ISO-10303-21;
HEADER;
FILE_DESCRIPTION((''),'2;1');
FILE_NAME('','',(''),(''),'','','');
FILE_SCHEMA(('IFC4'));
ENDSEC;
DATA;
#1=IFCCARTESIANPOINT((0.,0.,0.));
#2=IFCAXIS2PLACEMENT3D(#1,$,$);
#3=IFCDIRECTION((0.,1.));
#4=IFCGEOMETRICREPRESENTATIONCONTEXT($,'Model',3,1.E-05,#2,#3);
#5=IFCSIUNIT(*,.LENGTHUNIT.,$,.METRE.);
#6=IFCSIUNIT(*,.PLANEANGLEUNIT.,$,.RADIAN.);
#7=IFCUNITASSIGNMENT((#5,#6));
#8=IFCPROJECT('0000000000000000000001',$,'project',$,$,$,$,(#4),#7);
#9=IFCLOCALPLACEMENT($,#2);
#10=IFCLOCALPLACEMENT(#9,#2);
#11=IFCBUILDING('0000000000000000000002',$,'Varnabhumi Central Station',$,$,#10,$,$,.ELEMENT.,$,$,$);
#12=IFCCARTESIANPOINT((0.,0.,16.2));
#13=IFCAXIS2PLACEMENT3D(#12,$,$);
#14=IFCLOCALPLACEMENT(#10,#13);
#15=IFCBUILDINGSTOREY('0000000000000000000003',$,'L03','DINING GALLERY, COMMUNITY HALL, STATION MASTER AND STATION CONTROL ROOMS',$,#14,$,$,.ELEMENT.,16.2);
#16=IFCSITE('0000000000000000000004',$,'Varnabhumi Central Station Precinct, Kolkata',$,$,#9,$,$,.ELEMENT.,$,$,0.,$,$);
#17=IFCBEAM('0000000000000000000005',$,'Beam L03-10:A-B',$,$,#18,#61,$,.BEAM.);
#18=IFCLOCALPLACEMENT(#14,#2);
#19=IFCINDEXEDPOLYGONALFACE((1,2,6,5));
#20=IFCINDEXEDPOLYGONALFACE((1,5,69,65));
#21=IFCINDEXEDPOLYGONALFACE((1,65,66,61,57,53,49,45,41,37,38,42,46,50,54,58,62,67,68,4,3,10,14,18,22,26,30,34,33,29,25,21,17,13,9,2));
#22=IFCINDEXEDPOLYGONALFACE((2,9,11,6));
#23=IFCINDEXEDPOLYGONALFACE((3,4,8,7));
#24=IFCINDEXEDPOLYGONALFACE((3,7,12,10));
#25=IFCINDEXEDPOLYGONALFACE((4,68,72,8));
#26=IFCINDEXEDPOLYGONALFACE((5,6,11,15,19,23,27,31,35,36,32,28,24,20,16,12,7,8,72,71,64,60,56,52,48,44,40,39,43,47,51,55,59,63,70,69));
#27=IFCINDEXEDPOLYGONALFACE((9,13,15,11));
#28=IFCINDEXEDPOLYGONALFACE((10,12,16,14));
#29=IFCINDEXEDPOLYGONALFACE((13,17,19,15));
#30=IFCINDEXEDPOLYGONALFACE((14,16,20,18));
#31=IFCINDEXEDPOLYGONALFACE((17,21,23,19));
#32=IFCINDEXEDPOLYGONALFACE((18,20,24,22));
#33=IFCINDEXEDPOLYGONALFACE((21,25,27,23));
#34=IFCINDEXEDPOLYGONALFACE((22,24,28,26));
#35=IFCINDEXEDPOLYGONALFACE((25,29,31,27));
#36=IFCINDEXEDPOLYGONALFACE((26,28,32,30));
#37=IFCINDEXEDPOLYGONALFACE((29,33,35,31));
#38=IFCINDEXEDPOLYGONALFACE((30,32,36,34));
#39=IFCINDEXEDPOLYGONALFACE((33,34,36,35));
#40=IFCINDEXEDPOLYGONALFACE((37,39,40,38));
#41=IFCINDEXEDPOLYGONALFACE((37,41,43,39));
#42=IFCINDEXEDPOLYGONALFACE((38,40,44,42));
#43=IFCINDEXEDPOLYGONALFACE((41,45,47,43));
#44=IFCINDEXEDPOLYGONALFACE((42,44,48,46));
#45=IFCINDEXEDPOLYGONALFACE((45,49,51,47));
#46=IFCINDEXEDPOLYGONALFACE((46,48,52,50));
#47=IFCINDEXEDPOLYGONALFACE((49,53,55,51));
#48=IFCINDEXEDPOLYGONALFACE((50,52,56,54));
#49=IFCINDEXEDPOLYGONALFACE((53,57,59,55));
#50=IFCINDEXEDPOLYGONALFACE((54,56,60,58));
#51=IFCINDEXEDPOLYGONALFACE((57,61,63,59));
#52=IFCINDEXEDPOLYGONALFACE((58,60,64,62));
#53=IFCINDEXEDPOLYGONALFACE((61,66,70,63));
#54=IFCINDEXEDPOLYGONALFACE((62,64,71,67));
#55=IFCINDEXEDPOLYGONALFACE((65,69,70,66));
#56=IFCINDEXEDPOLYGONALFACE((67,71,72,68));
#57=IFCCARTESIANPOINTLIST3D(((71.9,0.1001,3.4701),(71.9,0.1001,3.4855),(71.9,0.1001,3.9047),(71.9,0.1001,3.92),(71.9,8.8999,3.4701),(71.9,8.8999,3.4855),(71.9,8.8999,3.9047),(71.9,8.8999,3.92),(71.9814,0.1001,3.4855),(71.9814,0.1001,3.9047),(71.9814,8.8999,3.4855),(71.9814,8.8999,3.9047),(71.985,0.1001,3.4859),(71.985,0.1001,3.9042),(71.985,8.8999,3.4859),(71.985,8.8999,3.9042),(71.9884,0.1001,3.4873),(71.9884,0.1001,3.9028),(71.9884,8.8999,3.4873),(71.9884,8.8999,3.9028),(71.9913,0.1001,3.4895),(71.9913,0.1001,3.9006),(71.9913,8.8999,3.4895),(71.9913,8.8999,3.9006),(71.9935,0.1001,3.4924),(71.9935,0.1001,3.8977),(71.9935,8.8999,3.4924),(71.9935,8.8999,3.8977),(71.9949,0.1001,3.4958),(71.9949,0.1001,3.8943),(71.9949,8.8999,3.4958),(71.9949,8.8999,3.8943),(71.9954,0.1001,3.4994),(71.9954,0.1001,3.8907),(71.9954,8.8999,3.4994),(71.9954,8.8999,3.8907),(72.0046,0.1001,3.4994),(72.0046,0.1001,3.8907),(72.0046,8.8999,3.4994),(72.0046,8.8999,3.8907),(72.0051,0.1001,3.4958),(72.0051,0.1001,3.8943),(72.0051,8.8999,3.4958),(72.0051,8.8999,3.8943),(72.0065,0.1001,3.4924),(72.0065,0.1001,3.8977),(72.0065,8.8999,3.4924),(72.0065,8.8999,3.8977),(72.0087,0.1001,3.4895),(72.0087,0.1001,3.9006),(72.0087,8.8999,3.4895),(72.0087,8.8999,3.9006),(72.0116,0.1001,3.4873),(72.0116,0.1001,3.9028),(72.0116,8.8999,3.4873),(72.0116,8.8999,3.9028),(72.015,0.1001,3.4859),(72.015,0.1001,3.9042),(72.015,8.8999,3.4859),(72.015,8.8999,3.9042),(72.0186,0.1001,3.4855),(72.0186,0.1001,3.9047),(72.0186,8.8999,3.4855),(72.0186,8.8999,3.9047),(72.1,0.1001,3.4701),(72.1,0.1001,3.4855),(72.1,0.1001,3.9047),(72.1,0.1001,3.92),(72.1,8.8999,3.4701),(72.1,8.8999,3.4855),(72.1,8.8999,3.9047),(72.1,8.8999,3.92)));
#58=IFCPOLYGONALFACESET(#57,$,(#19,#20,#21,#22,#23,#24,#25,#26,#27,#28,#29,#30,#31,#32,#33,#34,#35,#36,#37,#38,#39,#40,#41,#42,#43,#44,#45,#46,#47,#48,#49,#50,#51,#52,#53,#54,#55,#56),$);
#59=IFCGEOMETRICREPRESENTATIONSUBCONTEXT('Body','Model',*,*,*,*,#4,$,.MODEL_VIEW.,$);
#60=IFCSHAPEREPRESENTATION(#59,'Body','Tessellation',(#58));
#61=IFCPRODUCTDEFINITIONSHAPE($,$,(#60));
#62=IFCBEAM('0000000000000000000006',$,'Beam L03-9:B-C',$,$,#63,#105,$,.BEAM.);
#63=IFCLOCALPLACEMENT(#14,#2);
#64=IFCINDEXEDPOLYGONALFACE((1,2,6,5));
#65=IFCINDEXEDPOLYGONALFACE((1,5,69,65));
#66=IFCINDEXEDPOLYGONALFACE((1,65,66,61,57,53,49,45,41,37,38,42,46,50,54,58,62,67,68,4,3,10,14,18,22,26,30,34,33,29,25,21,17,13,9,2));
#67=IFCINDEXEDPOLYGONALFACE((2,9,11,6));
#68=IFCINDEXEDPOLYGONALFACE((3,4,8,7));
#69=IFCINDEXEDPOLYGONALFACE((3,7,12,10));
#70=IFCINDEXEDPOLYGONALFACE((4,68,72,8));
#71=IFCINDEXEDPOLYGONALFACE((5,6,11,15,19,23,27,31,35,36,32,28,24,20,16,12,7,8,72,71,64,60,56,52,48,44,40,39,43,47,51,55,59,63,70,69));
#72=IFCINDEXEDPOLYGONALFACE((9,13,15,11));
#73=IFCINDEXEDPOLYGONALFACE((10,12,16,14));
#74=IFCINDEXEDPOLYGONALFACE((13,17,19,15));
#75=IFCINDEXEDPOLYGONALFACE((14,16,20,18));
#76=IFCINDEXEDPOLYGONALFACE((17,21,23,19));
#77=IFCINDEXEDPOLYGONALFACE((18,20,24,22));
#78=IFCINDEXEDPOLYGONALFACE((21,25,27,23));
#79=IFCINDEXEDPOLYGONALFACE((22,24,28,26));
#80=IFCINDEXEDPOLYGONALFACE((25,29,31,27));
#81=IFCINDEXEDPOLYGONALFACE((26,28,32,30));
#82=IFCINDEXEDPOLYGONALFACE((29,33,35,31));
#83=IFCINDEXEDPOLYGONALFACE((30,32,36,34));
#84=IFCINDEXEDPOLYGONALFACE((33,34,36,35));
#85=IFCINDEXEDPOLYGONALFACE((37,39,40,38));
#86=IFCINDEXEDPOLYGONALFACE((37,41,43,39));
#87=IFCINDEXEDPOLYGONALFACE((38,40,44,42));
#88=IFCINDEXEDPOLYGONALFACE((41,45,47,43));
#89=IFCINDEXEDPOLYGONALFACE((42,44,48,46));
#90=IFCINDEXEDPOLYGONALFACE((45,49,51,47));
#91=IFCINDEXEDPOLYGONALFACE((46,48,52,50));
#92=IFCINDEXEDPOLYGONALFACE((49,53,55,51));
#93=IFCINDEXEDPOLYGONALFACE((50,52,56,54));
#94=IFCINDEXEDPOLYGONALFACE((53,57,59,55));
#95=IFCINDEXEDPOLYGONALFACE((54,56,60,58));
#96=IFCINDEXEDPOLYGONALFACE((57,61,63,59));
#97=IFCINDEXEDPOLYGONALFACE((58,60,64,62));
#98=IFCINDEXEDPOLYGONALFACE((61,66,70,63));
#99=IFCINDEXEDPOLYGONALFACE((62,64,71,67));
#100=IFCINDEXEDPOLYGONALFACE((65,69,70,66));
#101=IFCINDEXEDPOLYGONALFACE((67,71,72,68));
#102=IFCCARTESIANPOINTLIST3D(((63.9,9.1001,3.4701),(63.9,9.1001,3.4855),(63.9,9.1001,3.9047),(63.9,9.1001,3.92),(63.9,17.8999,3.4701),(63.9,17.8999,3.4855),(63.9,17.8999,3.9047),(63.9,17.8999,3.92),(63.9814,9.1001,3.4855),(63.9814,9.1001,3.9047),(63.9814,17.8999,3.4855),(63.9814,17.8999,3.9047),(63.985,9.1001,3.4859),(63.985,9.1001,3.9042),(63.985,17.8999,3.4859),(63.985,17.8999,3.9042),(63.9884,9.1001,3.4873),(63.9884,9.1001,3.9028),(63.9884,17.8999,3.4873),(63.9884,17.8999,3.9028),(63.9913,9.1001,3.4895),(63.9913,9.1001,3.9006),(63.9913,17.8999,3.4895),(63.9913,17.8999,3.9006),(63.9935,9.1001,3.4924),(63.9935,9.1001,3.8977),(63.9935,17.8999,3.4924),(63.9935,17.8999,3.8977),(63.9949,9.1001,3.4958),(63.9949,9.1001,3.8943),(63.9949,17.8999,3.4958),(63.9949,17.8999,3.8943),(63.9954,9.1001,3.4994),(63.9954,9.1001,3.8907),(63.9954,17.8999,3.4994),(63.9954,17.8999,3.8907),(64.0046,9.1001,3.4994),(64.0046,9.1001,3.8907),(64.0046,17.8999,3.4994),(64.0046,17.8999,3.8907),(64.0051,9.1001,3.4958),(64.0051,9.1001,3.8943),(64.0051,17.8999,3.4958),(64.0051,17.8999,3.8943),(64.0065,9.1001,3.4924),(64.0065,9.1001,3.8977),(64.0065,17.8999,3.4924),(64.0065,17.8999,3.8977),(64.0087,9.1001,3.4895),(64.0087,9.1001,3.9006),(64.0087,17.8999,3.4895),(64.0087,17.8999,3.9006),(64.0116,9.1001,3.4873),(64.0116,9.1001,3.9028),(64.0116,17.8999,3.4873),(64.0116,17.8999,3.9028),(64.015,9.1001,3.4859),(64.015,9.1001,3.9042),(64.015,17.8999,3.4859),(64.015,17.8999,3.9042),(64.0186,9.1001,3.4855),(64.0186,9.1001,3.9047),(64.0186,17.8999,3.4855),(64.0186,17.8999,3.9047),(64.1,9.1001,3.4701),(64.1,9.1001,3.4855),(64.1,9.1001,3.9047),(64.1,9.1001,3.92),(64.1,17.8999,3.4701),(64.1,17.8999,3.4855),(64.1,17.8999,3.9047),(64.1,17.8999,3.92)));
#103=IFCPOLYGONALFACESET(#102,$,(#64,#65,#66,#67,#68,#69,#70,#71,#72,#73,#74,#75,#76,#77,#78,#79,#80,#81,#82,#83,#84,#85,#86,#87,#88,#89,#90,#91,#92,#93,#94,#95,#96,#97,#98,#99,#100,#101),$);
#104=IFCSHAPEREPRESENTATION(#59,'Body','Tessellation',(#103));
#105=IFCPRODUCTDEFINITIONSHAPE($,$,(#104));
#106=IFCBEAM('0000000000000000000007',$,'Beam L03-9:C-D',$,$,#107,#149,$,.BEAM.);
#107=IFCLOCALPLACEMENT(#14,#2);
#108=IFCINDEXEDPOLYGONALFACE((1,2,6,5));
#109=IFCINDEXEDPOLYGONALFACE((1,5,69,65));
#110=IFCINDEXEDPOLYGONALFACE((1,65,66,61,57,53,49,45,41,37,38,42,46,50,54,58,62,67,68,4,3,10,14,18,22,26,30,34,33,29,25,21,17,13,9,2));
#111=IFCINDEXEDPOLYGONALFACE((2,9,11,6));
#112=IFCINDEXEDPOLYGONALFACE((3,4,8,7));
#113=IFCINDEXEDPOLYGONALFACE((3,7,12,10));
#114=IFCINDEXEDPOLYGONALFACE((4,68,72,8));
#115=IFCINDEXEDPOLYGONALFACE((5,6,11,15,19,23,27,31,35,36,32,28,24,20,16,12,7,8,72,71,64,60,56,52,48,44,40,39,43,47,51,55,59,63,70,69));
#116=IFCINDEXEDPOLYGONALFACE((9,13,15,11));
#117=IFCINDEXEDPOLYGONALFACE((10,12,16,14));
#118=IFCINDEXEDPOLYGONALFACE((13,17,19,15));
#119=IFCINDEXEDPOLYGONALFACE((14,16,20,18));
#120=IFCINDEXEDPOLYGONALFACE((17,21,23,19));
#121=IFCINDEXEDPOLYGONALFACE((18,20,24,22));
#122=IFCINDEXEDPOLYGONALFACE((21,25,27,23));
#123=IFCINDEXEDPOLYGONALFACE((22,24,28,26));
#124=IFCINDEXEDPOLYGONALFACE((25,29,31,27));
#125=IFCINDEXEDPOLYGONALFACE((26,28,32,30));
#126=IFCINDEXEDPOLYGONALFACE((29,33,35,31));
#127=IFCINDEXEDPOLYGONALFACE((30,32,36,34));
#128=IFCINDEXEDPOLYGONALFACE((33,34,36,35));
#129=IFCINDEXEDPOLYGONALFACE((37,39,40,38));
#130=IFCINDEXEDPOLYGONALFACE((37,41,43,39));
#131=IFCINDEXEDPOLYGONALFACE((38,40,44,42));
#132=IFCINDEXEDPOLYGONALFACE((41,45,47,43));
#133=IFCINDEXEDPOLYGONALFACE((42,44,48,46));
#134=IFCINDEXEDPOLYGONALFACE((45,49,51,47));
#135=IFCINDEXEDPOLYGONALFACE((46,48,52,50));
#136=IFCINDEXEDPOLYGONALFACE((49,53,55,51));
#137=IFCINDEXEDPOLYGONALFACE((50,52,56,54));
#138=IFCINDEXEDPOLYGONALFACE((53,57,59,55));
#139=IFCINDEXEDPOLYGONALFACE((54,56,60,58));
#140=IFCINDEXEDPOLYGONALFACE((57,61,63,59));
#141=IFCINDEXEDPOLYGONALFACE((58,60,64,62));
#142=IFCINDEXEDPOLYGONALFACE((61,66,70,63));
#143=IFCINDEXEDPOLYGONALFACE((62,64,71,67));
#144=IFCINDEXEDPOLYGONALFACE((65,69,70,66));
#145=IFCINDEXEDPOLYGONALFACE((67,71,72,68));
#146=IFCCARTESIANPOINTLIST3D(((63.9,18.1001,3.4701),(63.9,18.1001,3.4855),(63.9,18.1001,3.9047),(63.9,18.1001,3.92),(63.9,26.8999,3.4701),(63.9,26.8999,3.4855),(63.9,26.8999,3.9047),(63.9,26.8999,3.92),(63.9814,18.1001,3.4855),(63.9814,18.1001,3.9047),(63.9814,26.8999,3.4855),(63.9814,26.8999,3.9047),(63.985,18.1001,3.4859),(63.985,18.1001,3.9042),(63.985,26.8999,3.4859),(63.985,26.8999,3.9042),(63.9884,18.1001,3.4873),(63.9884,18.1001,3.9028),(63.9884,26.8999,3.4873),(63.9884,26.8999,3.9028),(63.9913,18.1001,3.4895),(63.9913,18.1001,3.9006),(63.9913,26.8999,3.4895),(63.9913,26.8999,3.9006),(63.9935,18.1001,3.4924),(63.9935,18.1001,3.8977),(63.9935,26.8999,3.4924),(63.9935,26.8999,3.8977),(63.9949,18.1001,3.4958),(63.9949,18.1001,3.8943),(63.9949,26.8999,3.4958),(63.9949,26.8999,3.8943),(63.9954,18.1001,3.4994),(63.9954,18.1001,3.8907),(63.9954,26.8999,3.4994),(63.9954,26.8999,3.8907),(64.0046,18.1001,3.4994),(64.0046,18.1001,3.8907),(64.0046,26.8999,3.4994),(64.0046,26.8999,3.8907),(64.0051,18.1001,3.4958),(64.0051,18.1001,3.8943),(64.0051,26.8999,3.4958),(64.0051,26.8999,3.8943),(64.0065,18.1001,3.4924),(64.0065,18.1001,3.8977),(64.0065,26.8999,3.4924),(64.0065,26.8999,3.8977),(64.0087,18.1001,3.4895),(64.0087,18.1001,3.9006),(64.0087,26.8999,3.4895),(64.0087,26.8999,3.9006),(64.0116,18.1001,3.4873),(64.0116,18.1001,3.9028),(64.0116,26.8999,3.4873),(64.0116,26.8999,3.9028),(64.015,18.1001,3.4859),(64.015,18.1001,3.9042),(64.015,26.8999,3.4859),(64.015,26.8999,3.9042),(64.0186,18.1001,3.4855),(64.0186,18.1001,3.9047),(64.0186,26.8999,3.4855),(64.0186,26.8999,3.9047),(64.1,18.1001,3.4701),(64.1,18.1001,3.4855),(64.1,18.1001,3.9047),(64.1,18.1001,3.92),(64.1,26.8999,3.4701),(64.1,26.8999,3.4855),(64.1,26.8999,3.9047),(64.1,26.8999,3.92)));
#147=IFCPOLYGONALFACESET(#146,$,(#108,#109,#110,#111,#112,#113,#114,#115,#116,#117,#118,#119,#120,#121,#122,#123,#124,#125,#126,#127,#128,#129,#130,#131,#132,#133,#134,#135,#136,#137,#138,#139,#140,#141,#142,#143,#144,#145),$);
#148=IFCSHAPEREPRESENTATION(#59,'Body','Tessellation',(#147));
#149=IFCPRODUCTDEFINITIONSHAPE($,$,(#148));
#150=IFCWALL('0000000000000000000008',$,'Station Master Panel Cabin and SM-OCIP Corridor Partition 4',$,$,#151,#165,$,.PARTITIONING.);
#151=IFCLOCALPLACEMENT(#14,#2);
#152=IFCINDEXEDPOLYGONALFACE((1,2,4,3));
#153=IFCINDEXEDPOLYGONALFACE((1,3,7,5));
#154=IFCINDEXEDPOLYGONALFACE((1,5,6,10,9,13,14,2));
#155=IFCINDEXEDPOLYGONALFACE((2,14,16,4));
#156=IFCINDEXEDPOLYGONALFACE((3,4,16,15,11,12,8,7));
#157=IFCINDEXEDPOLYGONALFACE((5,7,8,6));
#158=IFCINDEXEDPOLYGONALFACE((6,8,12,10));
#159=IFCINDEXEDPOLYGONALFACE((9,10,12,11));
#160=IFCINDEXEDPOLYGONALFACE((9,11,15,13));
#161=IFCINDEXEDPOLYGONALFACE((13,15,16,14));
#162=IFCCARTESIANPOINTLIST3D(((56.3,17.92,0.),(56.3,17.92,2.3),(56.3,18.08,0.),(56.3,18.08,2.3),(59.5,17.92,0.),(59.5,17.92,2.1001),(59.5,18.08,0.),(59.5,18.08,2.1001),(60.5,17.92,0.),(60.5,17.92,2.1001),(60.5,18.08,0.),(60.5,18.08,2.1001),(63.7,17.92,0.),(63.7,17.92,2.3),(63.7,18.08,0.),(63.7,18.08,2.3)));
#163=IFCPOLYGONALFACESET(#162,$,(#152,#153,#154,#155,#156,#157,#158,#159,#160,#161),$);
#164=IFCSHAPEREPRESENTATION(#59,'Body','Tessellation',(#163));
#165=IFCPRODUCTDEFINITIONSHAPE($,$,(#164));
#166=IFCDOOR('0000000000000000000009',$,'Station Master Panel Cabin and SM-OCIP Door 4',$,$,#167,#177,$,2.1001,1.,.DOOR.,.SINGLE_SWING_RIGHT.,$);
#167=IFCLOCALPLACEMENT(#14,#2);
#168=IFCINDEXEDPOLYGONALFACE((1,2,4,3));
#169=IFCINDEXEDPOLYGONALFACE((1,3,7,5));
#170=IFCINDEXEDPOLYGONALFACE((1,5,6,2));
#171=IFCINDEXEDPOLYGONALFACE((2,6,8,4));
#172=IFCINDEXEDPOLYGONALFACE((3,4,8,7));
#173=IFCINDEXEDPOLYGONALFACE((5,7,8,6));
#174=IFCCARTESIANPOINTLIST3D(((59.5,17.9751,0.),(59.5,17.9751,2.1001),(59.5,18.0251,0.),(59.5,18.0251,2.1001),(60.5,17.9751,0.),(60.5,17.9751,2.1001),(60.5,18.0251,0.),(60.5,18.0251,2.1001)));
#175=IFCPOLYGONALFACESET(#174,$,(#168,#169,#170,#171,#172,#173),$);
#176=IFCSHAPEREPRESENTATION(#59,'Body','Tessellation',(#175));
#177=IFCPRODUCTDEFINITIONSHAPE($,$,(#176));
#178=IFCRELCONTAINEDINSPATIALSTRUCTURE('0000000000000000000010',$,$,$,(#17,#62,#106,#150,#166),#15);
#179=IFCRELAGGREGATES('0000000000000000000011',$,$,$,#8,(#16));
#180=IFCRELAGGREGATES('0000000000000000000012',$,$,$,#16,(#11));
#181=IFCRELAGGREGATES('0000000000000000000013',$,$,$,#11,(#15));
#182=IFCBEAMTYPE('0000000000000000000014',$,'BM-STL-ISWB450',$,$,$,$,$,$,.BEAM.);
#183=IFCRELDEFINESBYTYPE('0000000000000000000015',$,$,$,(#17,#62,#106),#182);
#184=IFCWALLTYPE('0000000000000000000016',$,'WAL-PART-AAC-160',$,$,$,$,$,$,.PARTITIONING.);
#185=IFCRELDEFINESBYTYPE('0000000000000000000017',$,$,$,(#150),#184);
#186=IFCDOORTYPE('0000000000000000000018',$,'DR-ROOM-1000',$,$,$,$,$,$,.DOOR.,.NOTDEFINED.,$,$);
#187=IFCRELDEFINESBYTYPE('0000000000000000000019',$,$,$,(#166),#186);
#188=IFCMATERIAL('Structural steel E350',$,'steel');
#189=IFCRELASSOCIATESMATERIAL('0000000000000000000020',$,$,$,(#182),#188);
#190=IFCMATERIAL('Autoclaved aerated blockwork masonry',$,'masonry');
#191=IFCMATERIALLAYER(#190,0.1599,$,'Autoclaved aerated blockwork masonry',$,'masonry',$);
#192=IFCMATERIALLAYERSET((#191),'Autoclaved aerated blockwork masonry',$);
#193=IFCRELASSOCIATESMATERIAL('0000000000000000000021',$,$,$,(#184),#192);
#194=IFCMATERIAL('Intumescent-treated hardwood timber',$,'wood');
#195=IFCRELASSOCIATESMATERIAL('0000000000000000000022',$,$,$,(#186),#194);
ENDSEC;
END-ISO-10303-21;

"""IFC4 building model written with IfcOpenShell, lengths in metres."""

from ifc_helpers import new_model, si_unit, direction, frame, frame_2d, origin, origin_2d, place, context, subcontext, project, spatial, rectangle, i_section, extrude, material, layer, layer_set, material_profile, profile_set, type_object, element, fill, save


model = new_model("IFC4")

# Units and contexts
model_context = context("Model", 3, precision=1e-05, world=origin(), true_north=direction((0.0, 1.0)))
body_context = subcontext(model_context, "Body", "Model", "MODEL_VIEW")
ifc_project = project(units=[si_unit("LENGTHUNIT", "METRE"), si_unit("PLANEANGLEUNIT", "RADIAN")], contexts=[model_context])

# Site, building, storey
site_placement = place(None, origin())
site = spatial("IfcSite", under=ifc_project, at=site_placement, Name="Varnabhumi Central Station Precinct, Kolkata", CompositionType="ELEMENT", RefElevation=0.0)
building_placement = place(site_placement, origin())
building = spatial("IfcBuilding", under=site, at=building_placement, Name="Varnabhumi Central Station", CompositionType="ELEMENT")
storey_placement = place(building_placement, frame((0.0, 0.0, 16.2)))
storey = spatial("IfcBuildingStorey", under=building, at=storey_placement, Name="L03", Description="DINING GALLERY, COMMUNITY HALL, STATION MASTER AND STATION CONTROL ROOMS", CompositionType="ELEMENT", Elevation=16.2)

# Beams
ifc_material_1 = material(Name="Structural steel E350", Category="steel")
ifc_material_profile_1 = material_profile(ifc_material_1, i_section(OverallWidth=0.2, OverallDepth=0.45, WebThickness=0.0093, FlangeThickness=0.0154, FilletRadius=0.0139, at=origin_2d()), Name="Structural steel E350", Category="steel")
ifc_profile_set_1 = profile_set([ifc_material_profile_1], Name="Structural steel E350")
beam_type_1 = type_object("IfcBeamType", Name="BM-STL-ISWB450", PredefinedType="BEAM", material=ifc_profile_set_1)
for number, where, z_axis, x_axis, name in (
    (1, (72.0, 0.1001, 3.6951), (0.0, 1.0, 0.0), (-1.0, 0.0, 0.0), "Beam L03-10:A-B"),
    (2, (64.0, 9.1001, 3.6951), (0.0, 1.0, 0.0), (-1.0, 0.0, 0.0), "Beam L03-9:B-C"),
    (3, (64.0, 18.1001, 3.6951), (0.0, 1.0, 0.0), (-1.0, 0.0, 0.0), "Beam L03-9:C-D"),
):
    element("IfcBeam", number, at=place(storey_placement, frame(where, z_axis=z_axis, x_axis=x_axis)), inside=storey, type_object=beam_type_1, Name=name, PredefinedType="BEAM", context=body_context, shape_type="SweptSolid", body=[
        extrude(i_section(OverallWidth=0.2, OverallDepth=0.45, WebThickness=0.0093, FlangeThickness=0.0154, FilletRadius=0.0139, at=origin_2d()), origin(), (0.0, 0.0, 1.0), 8.7998),
    ])

# Wall, opening, door
ifc_material_2 = material(Name="Autoclaved aerated blockwork masonry", Category="masonry")
ifc_layer_1 = layer(ifc_material_2, 0.1599, Name="Autoclaved aerated blockwork masonry", Category="masonry")
ifc_layer_set_1 = layer_set([ifc_layer_1], Name="Autoclaved aerated blockwork masonry")
wall_type_1 = type_object("IfcWallType", Name="WAL-PART-AAC-160", PredefinedType="PARTITIONING", material=ifc_layer_set_1)
wall_1_placement = place(storey_placement, frame((56.3, 18.0, 0.0), z_axis=(0.0, 0.0, 1.0), x_axis=(1.0, 0.0, 0.0)))
wall_1 = element("IfcWall", 4, at=wall_1_placement, inside=storey, type_object=wall_type_1, Name="Station Master Panel Cabin and SM-OCIP Corridor Partition 4", PredefinedType="PARTITIONING", context=body_context, shape_type="SweptSolid", body=[
    extrude(rectangle(XDim=7.3999, YDim=0.1599, at=frame_2d((3.7, 0.0))), origin(), (0.0, 0.0, 1.0), 2.3),
])
opening_1_placement = place(wall_1_placement, frame((3.2, 0.0, 0.0)))
opening_1 = element("IfcOpeningElement", 5, at=opening_1_placement, cuts=wall_1, PredefinedType="OPENING", context=body_context, shape_type="SweptSolid", body=[
    extrude(rectangle(XDim=1.0, YDim=2.1001, at=frame_2d((0.5, 1.05))), frame((0.0, 0.0898, 0.0), z_axis=(0.0, -1.0, 0.0), x_axis=(1.0, 0.0, 0.0)), (0.0, 0.0, 1.0), 0.1799),
])
ifc_material_3 = material(Name="Intumescent-treated hardwood timber", Category="wood")
door_type = type_object("IfcDoorType", Name="DR-ROOM-1000", OperationType="NOTDEFINED", PredefinedType="DOOR", material=ifc_material_3)
door_1_placement = place(opening_1_placement, frame((1.0, 0.0, 0.0), z_axis=(0.0, 0.0, 1.0), x_axis=(-1.0, 0.0, 0.0)))
door_1 = element("IfcDoor", 6, at=door_1_placement, inside=storey, type_object=door_type, Name="Station Master Panel Cabin and SM-OCIP Door 4", OperationType="SINGLE_SWING_RIGHT", OverallHeight=2.1001, OverallWidth=1.0, PredefinedType="DOOR", context=body_context, shape_type="SweptSolid", body=[
    extrude(rectangle(XDim=1.0, YDim=2.1001, at=frame_2d((0.5, 1.05))), frame((0.0, 0.0249, 0.0), z_axis=(0.0, -1.0, 0.0), x_axis=(1.0, 0.0, 0.0)), (0.0, 0.0, 1.0), 0.05),
])
fill(opening_1, door_1)

save(model, "model.ifc")
